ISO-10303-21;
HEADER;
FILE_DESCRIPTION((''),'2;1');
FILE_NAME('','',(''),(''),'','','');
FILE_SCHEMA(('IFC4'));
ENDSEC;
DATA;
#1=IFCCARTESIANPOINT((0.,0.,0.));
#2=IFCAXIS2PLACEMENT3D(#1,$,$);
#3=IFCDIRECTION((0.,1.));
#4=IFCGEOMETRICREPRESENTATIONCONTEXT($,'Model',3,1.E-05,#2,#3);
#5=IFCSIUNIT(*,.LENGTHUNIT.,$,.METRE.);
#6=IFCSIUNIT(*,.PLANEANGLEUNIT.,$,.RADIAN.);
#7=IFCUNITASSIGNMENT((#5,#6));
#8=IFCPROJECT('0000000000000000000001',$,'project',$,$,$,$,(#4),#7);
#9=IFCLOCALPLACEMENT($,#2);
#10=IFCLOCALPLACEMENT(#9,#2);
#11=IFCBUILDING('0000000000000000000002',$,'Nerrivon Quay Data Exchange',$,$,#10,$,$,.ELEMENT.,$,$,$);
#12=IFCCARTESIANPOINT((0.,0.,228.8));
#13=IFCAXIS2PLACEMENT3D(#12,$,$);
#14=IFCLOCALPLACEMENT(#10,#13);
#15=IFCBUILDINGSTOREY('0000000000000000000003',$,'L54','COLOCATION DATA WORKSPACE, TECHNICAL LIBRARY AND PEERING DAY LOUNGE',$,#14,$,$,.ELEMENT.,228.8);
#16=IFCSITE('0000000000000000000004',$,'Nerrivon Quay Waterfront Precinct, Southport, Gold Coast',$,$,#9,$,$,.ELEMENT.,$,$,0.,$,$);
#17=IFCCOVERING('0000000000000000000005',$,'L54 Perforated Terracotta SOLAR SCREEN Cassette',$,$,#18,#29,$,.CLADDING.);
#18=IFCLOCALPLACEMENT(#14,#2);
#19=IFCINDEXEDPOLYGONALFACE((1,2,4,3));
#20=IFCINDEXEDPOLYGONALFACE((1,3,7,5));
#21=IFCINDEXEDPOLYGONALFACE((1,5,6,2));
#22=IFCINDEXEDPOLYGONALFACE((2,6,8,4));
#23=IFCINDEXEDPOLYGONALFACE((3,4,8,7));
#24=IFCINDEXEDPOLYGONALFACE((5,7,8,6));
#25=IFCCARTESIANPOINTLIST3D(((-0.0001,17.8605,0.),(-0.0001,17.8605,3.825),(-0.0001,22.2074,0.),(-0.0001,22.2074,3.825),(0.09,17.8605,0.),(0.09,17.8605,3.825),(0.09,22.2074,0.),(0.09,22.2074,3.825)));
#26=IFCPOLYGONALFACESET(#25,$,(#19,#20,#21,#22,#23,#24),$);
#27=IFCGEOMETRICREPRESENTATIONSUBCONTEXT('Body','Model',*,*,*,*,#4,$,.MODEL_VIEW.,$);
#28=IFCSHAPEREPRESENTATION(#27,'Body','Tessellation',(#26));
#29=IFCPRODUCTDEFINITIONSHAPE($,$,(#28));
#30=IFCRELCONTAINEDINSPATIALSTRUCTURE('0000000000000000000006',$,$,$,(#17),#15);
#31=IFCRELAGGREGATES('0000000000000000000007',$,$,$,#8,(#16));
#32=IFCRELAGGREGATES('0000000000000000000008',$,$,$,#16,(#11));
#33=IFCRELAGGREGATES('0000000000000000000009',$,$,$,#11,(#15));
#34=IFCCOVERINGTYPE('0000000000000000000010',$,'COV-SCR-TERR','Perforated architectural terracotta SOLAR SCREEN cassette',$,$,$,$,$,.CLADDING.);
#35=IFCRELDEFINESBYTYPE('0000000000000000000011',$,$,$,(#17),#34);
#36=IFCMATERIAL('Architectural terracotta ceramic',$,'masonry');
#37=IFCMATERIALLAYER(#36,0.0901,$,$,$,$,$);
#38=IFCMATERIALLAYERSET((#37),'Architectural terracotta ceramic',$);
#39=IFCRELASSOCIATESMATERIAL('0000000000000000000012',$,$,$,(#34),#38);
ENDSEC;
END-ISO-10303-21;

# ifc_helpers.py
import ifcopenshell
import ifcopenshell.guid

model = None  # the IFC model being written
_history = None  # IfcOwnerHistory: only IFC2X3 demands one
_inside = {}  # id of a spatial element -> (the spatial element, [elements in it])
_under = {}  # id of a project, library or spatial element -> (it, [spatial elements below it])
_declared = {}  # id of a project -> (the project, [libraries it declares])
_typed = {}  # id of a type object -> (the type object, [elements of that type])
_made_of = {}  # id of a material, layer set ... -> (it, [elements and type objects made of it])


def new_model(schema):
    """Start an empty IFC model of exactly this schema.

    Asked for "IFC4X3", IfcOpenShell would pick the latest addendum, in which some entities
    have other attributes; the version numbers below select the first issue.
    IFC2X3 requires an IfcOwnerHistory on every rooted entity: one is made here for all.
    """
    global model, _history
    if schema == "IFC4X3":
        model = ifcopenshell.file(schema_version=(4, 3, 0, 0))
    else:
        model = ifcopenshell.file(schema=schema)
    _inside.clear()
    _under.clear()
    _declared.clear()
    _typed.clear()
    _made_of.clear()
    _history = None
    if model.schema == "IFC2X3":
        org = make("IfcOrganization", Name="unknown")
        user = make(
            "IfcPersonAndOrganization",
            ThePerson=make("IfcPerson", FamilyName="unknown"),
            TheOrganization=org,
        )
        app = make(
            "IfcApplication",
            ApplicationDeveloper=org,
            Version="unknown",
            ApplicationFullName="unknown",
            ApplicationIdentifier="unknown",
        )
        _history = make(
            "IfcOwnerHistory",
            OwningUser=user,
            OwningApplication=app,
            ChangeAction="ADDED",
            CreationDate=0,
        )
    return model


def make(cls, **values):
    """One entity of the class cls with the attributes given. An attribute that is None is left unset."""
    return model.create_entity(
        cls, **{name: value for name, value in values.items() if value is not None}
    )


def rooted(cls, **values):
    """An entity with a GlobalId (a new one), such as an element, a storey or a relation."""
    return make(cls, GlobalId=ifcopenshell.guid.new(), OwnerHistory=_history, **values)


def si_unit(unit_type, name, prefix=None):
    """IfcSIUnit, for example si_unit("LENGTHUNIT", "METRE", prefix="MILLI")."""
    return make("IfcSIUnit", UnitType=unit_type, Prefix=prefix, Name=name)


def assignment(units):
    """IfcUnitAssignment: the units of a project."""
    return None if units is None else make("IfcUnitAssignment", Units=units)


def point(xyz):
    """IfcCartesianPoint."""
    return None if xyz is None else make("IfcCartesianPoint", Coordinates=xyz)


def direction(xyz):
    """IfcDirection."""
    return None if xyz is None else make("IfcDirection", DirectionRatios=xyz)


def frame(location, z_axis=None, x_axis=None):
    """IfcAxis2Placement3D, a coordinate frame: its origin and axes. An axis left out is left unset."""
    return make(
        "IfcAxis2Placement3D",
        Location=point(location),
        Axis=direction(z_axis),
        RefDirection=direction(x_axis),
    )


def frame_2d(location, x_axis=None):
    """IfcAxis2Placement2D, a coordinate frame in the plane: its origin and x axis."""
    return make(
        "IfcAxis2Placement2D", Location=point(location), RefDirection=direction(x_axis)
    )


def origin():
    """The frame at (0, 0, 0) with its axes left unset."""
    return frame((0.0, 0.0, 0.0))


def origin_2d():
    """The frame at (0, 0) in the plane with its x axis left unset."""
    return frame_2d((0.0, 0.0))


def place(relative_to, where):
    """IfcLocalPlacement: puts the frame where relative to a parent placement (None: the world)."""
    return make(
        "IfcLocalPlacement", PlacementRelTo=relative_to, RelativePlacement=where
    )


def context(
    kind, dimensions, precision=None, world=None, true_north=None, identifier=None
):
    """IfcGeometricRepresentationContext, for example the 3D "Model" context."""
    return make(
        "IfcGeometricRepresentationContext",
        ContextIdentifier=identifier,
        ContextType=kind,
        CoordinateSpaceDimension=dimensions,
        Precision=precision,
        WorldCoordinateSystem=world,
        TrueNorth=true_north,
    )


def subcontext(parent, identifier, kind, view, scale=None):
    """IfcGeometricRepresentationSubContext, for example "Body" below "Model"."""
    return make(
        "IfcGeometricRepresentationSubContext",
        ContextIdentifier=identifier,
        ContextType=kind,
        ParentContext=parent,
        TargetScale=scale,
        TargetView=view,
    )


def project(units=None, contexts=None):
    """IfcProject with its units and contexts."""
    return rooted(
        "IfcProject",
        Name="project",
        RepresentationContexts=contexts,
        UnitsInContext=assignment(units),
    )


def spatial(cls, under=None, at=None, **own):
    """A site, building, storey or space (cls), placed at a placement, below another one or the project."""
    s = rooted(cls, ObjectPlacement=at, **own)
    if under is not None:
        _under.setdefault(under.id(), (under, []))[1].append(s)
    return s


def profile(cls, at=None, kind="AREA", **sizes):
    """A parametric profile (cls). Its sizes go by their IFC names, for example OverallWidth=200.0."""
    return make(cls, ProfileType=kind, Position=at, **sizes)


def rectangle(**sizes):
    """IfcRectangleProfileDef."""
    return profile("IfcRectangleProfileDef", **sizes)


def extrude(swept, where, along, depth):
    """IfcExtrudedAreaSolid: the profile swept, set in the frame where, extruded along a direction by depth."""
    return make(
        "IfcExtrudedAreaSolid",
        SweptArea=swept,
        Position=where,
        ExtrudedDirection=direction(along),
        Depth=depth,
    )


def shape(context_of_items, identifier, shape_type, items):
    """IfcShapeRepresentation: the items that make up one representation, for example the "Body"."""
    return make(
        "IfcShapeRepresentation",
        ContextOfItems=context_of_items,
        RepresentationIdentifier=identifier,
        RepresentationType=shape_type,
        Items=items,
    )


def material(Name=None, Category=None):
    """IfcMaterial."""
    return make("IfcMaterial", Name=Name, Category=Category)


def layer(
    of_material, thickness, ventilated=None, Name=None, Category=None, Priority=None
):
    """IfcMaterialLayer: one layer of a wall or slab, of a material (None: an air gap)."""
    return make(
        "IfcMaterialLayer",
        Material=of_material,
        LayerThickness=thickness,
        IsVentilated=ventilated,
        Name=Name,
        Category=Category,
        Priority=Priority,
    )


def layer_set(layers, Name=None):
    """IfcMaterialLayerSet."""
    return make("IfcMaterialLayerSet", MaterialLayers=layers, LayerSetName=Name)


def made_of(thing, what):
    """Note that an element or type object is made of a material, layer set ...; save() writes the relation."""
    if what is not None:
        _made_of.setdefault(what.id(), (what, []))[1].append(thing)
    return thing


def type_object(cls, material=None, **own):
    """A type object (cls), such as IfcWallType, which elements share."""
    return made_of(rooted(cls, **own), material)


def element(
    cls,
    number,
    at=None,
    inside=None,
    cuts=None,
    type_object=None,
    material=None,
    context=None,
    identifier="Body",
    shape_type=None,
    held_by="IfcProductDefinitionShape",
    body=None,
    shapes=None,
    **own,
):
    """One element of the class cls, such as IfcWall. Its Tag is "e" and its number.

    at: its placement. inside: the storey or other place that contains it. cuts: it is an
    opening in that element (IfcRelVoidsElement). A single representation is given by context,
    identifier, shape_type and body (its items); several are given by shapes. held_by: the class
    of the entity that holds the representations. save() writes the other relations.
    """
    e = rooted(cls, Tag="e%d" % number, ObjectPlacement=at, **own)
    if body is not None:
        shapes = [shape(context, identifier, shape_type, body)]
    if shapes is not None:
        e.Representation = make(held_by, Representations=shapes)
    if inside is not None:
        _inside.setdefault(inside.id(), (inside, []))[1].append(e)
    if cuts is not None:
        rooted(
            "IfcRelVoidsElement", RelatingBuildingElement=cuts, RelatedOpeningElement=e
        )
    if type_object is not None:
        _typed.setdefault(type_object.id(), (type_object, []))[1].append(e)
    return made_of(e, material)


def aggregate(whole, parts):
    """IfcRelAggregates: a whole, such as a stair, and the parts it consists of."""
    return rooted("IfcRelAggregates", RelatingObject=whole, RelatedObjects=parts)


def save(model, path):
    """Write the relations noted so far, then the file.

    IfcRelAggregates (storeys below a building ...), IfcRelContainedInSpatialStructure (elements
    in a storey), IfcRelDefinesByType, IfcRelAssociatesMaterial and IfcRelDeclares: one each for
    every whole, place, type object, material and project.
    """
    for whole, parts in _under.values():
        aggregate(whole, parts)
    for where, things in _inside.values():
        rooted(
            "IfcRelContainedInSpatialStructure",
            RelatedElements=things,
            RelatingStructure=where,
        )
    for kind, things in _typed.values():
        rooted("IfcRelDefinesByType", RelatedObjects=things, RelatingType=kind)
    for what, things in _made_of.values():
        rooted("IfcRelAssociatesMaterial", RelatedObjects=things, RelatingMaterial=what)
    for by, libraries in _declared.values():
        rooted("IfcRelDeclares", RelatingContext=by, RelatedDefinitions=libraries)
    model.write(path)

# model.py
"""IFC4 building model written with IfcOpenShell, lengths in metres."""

from ifc_helpers import new_model, si_unit, direction, frame, origin, origin_2d, place, context, subcontext, project, spatial, rectangle, extrude, material, layer, layer_set, type_object, element, save


model = new_model("IFC4")

# Units and contexts
model_context = context("Model", 3, precision=1e-05, world=origin(), true_north=direction((0.0, 1.0)))
body_context = subcontext(model_context, "Body", "Model", "MODEL_VIEW")
ifc_project = project(units=[si_unit("LENGTHUNIT", "METRE"), si_unit("PLANEANGLEUNIT", "RADIAN")], contexts=[model_context])

# Site, building, storey
site_placement = place(None, origin())
site = spatial("IfcSite", under=ifc_project, at=site_placement, Name="Nerrivon Quay Waterfront Precinct, Southport, Gold Coast", CompositionType="ELEMENT", RefElevation=0.0)
building_placement = place(site_placement, origin())
building = spatial("IfcBuilding", under=site, at=building_placement, Name="Nerrivon Quay Data Exchange", CompositionType="ELEMENT")
storey_placement = place(building_placement, frame((0.0, 0.0, 228.8)))
storey = spatial("IfcBuildingStorey", under=building, at=storey_placement, Name="L54", Description="COLOCATION DATA WORKSPACE, TECHNICAL LIBRARY AND PEERING DAY LOUNGE", CompositionType="ELEMENT", Elevation=228.8)

# Covering
ifc_material_1 = material(Name="Architectural terracotta ceramic", Category="masonry")
ifc_layer_1 = layer(ifc_material_1, 0.0901)
ifc_layer_set_1 = layer_set([ifc_layer_1], Name="Architectural terracotta ceramic")
covering_type = type_object("IfcCoveringType", Name="COV-SCR-TERR", Description="Perforated architectural terracotta SOLAR SCREEN cassette", PredefinedType="CLADDING", material=ifc_layer_set_1)
covering_placement = place(storey_placement, frame((0.0449, 20.0339, 0.0), z_axis=(0.0, 0.0, 1.0), x_axis=(0.0, 1.0, 0.0)))
element("IfcCovering", 1, at=covering_placement, inside=storey, type_object=covering_type, Name="L54 Perforated Terracotta SOLAR SCREEN Cassette", PredefinedType="CLADDING", context=body_context, shape_type="SweptSolid", body=[
    extrude(rectangle(XDim=4.3469, YDim=0.0901, at=origin_2d()), origin(), (0.0, 0.0, 1.0), 3.825),
])

save(model, "model.ifc")
